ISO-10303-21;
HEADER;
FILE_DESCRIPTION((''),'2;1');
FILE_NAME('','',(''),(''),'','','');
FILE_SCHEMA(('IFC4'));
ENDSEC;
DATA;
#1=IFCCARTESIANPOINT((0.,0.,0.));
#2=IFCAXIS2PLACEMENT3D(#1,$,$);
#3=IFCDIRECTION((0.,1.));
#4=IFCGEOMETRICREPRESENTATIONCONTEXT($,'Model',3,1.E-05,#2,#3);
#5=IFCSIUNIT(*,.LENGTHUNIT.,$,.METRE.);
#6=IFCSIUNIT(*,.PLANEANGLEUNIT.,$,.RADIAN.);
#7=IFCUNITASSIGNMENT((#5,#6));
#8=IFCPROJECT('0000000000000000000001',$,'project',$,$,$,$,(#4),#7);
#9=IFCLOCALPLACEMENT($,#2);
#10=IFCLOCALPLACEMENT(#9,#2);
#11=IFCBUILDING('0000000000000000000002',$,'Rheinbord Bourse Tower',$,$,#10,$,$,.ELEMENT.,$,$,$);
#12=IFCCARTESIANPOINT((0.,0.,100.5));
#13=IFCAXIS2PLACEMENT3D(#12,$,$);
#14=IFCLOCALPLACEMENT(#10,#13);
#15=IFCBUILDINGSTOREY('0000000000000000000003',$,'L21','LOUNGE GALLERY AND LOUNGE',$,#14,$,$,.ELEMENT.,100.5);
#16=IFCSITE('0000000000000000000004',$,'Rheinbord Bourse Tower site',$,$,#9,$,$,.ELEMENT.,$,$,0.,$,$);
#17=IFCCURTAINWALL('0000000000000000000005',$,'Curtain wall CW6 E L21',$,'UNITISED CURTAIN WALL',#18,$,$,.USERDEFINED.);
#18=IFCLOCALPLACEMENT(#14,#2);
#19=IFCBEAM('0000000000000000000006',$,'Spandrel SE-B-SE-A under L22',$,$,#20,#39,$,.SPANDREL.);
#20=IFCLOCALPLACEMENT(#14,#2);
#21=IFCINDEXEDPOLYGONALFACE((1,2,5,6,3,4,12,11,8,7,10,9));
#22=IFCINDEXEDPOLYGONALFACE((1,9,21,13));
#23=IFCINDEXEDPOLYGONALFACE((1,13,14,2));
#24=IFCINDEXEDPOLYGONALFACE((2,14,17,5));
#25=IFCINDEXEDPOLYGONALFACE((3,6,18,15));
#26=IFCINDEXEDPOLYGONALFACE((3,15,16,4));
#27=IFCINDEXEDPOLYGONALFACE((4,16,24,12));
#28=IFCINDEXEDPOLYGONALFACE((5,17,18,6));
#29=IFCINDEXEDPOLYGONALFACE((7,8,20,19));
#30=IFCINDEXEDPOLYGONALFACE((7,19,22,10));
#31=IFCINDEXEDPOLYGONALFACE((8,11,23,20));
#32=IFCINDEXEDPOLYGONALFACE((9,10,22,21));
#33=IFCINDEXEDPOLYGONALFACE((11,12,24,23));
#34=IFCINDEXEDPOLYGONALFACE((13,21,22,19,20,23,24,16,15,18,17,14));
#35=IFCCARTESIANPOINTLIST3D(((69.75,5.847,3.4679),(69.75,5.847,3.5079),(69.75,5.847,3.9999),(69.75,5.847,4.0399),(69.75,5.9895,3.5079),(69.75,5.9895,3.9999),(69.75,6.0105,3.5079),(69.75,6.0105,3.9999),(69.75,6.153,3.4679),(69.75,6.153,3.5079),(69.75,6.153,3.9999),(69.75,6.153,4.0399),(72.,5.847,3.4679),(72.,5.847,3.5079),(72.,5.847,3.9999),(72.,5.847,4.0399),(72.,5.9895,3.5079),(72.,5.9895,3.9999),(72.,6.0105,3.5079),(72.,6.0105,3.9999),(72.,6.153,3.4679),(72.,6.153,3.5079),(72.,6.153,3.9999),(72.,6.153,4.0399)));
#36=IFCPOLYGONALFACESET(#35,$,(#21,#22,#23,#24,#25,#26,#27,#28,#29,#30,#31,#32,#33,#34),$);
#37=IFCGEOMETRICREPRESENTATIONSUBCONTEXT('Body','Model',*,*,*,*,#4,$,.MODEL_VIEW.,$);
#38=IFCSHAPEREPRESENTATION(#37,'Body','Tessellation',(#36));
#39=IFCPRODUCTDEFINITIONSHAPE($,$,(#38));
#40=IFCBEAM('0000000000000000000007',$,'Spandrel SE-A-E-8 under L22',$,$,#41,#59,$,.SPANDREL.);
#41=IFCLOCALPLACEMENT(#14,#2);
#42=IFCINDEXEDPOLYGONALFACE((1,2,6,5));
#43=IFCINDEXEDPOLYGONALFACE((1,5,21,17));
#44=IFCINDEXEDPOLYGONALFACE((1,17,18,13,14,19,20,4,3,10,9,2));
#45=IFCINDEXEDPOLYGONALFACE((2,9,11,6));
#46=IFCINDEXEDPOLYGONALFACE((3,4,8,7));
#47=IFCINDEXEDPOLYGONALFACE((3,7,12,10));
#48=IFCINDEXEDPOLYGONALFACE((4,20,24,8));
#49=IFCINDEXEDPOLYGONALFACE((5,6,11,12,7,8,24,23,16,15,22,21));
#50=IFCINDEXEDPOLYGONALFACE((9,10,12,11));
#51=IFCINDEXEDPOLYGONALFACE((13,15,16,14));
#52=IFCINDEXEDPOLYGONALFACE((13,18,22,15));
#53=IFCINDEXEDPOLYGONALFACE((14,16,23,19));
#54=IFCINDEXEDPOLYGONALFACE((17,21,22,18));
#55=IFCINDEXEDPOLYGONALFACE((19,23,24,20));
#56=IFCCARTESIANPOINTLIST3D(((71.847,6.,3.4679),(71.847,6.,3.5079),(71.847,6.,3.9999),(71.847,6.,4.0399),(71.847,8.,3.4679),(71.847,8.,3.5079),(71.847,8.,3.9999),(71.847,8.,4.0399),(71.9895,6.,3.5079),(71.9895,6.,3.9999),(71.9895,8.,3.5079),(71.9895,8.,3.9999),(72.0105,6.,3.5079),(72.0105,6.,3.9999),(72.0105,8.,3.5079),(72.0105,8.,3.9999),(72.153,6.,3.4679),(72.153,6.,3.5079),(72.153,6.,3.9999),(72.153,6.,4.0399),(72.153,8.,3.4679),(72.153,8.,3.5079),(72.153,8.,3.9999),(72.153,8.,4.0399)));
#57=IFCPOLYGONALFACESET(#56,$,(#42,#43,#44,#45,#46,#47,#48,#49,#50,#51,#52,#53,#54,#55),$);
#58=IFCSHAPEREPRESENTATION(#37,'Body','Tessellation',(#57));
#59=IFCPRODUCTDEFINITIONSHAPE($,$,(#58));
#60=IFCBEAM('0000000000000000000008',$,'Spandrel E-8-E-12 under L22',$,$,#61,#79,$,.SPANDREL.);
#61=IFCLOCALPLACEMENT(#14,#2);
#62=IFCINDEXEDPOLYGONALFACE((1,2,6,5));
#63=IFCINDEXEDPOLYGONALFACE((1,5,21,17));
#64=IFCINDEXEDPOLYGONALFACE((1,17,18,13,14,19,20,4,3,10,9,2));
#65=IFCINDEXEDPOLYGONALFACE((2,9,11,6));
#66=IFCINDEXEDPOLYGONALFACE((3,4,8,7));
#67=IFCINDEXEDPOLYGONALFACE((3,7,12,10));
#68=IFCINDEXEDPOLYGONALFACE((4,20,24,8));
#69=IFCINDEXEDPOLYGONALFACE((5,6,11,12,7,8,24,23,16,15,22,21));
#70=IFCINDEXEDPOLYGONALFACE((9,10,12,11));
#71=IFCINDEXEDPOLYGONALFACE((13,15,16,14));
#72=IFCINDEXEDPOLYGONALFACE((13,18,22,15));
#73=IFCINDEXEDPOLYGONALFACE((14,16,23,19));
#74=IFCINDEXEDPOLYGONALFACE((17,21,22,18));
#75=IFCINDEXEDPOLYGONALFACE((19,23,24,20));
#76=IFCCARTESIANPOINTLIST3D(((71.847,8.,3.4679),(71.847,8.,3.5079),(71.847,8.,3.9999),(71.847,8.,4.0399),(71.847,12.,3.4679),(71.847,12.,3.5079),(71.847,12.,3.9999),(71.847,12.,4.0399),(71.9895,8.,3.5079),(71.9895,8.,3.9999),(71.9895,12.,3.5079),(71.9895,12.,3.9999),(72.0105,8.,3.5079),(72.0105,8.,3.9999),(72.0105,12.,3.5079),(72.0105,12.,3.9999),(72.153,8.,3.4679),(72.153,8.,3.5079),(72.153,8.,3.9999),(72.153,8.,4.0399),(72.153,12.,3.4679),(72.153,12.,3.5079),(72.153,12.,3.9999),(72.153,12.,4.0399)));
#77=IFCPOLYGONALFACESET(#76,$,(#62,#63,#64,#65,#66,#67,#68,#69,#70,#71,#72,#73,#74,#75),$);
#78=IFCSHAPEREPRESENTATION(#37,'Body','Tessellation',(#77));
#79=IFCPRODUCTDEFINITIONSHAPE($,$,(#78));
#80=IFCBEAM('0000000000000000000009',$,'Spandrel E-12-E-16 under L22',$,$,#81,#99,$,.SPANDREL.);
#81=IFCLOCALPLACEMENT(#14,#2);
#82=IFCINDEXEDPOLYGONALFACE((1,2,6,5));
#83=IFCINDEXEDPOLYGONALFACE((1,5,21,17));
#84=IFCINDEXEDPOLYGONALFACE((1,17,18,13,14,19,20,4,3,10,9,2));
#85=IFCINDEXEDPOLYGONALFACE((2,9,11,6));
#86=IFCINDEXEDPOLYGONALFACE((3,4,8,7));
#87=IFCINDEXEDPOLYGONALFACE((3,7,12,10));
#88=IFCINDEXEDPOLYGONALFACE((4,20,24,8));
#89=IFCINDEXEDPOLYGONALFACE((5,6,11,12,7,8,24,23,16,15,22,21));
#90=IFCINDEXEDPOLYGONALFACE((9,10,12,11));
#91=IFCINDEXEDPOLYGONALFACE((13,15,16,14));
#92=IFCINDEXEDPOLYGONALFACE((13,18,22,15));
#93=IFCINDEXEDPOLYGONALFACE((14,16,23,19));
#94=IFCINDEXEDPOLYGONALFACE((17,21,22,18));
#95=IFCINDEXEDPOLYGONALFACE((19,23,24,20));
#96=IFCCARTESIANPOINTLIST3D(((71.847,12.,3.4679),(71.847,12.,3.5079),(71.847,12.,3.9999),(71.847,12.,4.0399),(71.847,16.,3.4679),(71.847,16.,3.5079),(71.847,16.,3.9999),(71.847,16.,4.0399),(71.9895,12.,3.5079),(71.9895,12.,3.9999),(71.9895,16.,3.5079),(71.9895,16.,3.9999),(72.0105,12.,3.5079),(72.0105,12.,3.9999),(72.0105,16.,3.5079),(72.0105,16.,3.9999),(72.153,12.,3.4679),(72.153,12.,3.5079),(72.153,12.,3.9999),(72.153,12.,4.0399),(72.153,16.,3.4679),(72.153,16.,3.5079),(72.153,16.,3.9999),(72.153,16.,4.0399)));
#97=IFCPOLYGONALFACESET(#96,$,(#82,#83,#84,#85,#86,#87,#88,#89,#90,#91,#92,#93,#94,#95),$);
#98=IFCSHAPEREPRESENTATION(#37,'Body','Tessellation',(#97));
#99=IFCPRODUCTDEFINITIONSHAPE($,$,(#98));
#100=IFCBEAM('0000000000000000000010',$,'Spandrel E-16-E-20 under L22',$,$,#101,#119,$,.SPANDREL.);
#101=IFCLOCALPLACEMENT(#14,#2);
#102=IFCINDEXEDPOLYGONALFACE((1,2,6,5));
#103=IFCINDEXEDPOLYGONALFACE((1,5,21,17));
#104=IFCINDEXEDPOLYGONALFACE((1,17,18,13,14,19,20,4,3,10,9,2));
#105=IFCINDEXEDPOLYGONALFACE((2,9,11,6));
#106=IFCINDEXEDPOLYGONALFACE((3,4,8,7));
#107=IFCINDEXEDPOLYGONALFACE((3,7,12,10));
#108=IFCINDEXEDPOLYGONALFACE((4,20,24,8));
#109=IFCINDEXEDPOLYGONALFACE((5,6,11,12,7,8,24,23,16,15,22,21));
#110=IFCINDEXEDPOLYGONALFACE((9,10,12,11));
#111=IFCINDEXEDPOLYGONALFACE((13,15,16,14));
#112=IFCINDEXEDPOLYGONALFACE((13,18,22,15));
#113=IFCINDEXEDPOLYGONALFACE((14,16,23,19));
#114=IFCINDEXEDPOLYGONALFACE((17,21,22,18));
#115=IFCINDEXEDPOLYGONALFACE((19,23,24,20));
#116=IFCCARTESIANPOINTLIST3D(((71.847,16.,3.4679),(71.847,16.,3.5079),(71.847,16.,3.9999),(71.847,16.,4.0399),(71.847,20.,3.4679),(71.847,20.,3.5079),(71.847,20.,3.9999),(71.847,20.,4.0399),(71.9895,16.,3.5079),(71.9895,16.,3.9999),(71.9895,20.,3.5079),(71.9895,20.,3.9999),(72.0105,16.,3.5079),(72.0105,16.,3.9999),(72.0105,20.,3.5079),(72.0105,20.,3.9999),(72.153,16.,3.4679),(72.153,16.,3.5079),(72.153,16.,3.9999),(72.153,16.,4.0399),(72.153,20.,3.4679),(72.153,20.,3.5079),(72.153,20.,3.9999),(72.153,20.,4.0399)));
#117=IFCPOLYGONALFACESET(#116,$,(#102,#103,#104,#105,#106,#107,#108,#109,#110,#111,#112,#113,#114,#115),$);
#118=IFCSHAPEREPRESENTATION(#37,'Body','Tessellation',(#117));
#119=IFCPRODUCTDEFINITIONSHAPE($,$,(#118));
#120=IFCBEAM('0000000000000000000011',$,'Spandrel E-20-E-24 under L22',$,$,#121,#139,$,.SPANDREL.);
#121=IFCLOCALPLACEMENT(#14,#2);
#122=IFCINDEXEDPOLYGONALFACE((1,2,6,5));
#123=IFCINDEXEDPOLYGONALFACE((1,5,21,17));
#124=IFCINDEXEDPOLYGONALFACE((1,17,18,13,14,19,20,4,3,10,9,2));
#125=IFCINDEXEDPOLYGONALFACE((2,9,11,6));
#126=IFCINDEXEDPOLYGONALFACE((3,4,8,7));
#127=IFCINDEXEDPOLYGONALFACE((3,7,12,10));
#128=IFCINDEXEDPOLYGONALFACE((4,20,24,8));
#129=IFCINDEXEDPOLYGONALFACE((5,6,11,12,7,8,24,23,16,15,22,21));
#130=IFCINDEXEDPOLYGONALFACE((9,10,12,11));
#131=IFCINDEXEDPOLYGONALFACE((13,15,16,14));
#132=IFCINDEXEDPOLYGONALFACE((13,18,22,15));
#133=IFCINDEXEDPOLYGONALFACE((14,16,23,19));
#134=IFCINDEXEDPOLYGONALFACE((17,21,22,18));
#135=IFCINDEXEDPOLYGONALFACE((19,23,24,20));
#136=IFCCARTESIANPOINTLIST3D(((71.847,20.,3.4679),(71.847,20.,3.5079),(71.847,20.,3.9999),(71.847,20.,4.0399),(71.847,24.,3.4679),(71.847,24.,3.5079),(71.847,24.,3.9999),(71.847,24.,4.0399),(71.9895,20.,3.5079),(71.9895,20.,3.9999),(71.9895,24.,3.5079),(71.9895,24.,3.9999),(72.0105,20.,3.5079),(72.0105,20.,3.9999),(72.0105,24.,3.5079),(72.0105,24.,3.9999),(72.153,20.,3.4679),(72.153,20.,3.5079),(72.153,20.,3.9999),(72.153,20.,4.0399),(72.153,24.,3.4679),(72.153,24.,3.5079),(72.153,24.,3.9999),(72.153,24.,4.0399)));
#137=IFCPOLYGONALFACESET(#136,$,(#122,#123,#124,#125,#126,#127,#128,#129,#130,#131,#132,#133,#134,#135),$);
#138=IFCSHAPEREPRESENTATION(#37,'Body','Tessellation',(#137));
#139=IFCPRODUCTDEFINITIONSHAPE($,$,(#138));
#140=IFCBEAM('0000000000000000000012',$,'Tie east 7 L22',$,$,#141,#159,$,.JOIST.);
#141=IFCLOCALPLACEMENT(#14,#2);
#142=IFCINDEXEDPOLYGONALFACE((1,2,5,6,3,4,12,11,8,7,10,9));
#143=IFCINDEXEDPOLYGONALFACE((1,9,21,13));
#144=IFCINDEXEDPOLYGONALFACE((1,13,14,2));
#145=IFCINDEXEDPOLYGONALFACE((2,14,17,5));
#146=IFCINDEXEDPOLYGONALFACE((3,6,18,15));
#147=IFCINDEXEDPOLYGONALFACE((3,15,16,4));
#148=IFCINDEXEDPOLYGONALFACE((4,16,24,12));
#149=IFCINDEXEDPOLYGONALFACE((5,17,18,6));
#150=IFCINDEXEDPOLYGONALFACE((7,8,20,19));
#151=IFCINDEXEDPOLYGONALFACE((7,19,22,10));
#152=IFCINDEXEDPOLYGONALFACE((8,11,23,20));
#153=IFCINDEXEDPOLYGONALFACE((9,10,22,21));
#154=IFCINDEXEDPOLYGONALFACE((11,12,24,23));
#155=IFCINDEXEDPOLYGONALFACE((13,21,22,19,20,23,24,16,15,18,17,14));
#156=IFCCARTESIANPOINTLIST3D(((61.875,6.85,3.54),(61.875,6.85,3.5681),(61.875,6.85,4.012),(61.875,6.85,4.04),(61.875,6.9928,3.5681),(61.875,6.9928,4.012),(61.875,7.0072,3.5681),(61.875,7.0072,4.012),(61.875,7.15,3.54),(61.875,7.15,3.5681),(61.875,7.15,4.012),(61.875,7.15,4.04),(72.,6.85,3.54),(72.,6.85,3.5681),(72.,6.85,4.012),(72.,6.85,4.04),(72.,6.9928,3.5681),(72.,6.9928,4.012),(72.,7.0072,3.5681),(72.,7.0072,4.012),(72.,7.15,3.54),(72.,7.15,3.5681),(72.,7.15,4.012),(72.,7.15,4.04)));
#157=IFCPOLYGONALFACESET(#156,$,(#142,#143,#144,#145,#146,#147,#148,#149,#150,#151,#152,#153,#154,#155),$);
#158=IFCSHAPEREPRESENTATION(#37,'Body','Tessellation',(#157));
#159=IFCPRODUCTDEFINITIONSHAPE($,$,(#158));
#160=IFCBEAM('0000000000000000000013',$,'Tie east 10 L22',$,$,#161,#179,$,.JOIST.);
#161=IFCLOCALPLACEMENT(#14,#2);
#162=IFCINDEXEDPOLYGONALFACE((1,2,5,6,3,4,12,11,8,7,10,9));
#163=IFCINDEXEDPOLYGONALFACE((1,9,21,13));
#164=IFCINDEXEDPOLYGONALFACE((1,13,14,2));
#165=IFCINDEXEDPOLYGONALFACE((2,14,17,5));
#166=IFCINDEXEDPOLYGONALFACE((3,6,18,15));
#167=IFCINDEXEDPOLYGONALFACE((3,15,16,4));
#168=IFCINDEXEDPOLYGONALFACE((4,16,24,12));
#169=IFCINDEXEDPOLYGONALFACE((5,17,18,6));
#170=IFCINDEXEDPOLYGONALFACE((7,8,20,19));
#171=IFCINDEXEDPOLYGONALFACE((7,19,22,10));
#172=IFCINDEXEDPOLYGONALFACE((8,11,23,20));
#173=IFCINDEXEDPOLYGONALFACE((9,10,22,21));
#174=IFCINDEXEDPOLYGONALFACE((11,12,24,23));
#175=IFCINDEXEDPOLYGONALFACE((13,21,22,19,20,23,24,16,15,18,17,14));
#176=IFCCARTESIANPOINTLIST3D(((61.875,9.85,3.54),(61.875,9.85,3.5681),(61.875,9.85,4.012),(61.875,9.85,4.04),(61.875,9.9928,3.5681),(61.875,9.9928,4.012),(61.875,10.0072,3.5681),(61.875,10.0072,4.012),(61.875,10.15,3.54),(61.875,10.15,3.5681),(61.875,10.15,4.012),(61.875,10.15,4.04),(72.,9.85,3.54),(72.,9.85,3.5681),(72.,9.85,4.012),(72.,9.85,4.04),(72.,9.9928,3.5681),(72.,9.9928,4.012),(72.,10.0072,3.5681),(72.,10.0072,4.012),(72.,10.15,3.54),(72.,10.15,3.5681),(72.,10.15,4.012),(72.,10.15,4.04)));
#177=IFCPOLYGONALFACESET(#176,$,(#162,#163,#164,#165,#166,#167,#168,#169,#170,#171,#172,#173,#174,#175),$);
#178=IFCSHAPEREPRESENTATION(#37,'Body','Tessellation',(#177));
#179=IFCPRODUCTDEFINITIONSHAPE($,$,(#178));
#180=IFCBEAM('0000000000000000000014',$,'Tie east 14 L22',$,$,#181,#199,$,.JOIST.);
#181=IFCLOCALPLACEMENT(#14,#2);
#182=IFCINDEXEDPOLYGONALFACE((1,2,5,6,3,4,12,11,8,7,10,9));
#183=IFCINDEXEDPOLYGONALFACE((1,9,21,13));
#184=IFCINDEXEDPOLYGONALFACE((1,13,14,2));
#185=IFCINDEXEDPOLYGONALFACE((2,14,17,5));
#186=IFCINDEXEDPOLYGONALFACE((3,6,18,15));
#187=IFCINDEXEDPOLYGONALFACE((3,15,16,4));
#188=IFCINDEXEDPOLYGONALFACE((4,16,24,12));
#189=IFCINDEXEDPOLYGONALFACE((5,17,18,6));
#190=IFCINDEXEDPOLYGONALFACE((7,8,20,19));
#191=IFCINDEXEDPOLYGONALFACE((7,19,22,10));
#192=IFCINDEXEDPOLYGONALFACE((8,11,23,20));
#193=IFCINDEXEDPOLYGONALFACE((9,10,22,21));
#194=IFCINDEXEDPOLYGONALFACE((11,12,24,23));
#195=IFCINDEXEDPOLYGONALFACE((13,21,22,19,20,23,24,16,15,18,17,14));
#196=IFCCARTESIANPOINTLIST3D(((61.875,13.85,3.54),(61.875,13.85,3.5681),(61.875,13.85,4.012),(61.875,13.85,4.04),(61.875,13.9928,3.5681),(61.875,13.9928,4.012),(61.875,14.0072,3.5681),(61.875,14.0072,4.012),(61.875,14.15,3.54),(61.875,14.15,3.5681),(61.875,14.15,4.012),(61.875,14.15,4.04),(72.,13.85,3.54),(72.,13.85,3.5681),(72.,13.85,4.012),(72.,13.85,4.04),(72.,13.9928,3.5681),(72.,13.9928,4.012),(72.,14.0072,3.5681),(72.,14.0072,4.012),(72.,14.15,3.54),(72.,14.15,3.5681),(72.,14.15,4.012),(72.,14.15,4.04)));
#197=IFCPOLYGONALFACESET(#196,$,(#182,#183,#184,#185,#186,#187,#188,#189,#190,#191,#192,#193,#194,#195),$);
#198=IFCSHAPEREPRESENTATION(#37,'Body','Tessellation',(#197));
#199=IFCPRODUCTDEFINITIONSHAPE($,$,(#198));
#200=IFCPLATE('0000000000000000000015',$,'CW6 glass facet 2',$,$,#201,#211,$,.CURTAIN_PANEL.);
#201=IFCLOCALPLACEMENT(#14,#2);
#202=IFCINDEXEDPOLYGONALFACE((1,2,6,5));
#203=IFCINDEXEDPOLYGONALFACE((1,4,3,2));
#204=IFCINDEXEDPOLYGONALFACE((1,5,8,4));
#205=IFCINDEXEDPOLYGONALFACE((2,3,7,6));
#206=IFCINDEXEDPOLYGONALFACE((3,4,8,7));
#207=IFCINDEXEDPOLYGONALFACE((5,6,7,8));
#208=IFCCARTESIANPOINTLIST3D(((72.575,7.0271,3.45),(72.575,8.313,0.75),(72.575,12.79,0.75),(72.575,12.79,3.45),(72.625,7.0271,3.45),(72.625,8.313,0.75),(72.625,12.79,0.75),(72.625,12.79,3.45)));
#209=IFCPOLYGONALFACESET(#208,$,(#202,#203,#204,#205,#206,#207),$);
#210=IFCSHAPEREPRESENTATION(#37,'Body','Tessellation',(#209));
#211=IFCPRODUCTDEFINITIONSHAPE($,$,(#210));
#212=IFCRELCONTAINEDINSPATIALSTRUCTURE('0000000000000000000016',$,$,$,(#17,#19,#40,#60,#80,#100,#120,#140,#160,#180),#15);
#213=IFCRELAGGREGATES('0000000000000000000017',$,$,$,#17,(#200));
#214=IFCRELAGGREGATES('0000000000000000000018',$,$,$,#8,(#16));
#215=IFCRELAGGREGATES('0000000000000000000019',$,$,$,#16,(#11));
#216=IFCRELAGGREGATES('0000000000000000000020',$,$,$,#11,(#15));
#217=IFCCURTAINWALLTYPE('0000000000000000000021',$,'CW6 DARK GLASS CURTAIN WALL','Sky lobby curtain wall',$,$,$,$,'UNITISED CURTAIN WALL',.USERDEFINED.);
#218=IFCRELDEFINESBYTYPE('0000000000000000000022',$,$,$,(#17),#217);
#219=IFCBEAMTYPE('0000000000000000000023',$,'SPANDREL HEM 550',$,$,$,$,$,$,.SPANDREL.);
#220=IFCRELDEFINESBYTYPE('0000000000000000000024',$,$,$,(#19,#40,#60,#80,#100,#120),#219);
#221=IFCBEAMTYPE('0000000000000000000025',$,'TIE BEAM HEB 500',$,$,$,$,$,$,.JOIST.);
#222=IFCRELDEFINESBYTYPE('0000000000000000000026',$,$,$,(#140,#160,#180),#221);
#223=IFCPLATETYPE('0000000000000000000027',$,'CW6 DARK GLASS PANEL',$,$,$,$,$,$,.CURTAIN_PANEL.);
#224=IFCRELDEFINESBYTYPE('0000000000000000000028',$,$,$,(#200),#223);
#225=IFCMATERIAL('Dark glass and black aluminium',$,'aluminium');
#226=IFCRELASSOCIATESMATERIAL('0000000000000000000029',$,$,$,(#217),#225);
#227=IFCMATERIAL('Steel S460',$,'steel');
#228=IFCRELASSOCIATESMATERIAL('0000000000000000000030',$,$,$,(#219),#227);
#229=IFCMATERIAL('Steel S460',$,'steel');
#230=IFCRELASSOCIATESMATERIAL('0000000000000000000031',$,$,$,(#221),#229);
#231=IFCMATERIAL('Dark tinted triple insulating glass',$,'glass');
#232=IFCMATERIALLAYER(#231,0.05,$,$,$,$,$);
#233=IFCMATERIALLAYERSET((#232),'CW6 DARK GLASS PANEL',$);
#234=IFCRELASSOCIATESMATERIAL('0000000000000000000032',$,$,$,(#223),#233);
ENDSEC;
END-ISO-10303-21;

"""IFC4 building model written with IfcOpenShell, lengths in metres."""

from ifc_helpers import new_model, si_unit, direction, frame, origin, origin_2d, place, context, subcontext, project, spatial, polyline, i_section, outline, extrude, material, layer, layer_set, material_profile, profile_set, type_object, element, aggregate, save


model = new_model("IFC4")

# Units and contexts
model_context = context("Model", 3, precision=1e-05, world=origin(), true_north=direction((0.0, 1.0)))
body_context = subcontext(model_context, "Body", "Model", "MODEL_VIEW")
ifc_project = project(units=[si_unit("LENGTHUNIT", "METRE"), si_unit("PLANEANGLEUNIT", "RADIAN")], contexts=[model_context])

# Site, building, storey
site_placement = place(None, origin())
site = spatial("IfcSite", under=ifc_project, at=site_placement, Name="Rheinbord Bourse Tower site", CompositionType="ELEMENT", RefElevation=0.0)
building_placement = place(site_placement, origin())
building = spatial("IfcBuilding", under=site, at=building_placement, Name="Rheinbord Bourse Tower", CompositionType="ELEMENT")
storey_placement = place(building_placement, frame((0.0, 0.0, 100.5)))
storey = spatial("IfcBuildingStorey", under=building, at=storey_placement, Name="L21", Description="LOUNGE GALLERY AND LOUNGE", CompositionType="ELEMENT", Elevation=100.5)

# Curtain wall
ifc_material_1 = material(Name="Dark glass and black aluminium", Category="aluminium")
curtain_wall_type = type_object("IfcCurtainWallType", Name="CW6 DARK GLASS CURTAIN WALL", Description="Sky lobby curtain wall", ElementType="UNITISED CURTAIN WALL", PredefinedType="USERDEFINED", material=ifc_material_1)
curtain_wall_placement = place(storey_placement, origin())
curtain_wall = element("IfcCurtainWall", 1, at=curtain_wall_placement, inside=storey, type_object=curtain_wall_type, Name="Curtain wall CW6 E L21", ObjectType="UNITISED CURTAIN WALL", PredefinedType="USERDEFINED")

# Beams
ifc_material_2 = material(Name="Steel S460", Category="steel")
ifc_material_profile_1 = material_profile(ifc_material_2, i_section(OverallWidth=0.3059, OverallDepth=0.572, WebThickness=0.021, FlangeThickness=0.04, at=origin_2d()), Name="HEM 550")
ifc_profile_set_1 = profile_set([ifc_material_profile_1], Name="Steel S460")
beam_type_1 = type_object("IfcBeamType", Name="SPANDREL HEM 550", PredefinedType="SPANDREL", material=ifc_profile_set_1)
beam_1_placement = place(storey_placement, frame((69.75, 6.0, 3.7539), z_axis=(1.0, 0.0, 0.0), x_axis=(0.0, 1.0, 0.0)))
element("IfcBeam", 2, at=beam_1_placement, inside=storey, type_object=beam_type_1, Name="Spandrel SE-B-SE-A under L22", PredefinedType="SPANDREL", context=body_context, shape_type="SweptSolid", body=[
    extrude(i_section(OverallWidth=0.3059, OverallDepth=0.572, WebThickness=0.021, FlangeThickness=0.04, at=origin_2d()), origin(), (0.0, 0.0, 1.0), 2.25),
])
beam_2_placement = place(storey_placement, frame((72.0, 6.0, 3.7539), z_axis=(0.0, 1.0, 0.0), x_axis=(-1.0, 0.0, 0.0)))
element("IfcBeam", 3, at=beam_2_placement, inside=storey, type_object=beam_type_1, Name="Spandrel SE-A-E-8 under L22", PredefinedType="SPANDREL", context=body_context, shape_type="SweptSolid", body=[
    extrude(i_section(OverallWidth=0.3059, OverallDepth=0.572, WebThickness=0.021, FlangeThickness=0.04, at=origin_2d()), origin(), (0.0, 0.0, 1.0), 2.0),
])
for number, where, z_axis, x_axis, name in (
    (4, (72.0, 8.0, 3.7539), (0.0, 1.0, 0.0), (-1.0, 0.0, 0.0), "Spandrel E-8-E-12 under L22"),
    (5, (72.0, 12.0, 3.7539), (0.0, 1.0, 0.0), (-1.0, 0.0, 0.0), "Spandrel E-12-E-16 under L22"),
    (6, (72.0, 16.0, 3.7539), (0.0, 1.0, 0.0), (-1.0, 0.0, 0.0), "Spandrel E-16-E-20 under L22"),
    (7, (72.0, 20.0, 3.7539), (0.0, 1.0, 0.0), (-1.0, 0.0, 0.0), "Spandrel E-20-E-24 under L22"),
):
    element("IfcBeam", number, at=place(storey_placement, frame(where, z_axis=z_axis, x_axis=x_axis)), inside=storey, type_object=beam_type_1, Name=name, PredefinedType="SPANDREL", context=body_context, shape_type="SweptSolid", body=[
        extrude(i_section(OverallWidth=0.3059, OverallDepth=0.572, WebThickness=0.021, FlangeThickness=0.04, at=origin_2d()), origin(), (0.0, 0.0, 1.0), 4.0),
    ])
ifc_material_3 = material(Name="Steel S460", Category="steel")
ifc_material_profile_2 = material_profile(ifc_material_3, i_section(OverallWidth=0.3, OverallDepth=0.5, WebThickness=0.0144, FlangeThickness=0.0281, at=origin_2d()), Name="HEB 500")
ifc_profile_set_2 = profile_set([ifc_material_profile_2], Name="Steel S460")
beam_type_2 = type_object("IfcBeamType", Name="TIE BEAM HEB 500", PredefinedType="JOIST", material=ifc_profile_set_2)
for number, where, z_axis, x_axis, name in (
    (8, (61.875, 7.0, 3.79), (1.0, 0.0, 0.0), (0.0, 1.0, 0.0), "Tie east 7 L22"),
    (9, (61.875, 10.0, 3.79), (1.0, 0.0, 0.0), (0.0, 1.0, 0.0), "Tie east 10 L22"),
    (10, (61.875, 14.0, 3.79), (1.0, 0.0, 0.0), (0.0, 1.0, 0.0), "Tie east 14 L22"),
):
    element("IfcBeam", number, at=place(storey_placement, frame(where, z_axis=z_axis, x_axis=x_axis)), inside=storey, type_object=beam_type_2, Name=name, PredefinedType="JOIST", context=body_context, shape_type="SweptSolid", body=[
        extrude(i_section(OverallWidth=0.3, OverallDepth=0.5, WebThickness=0.0144, FlangeThickness=0.0281, at=origin_2d()), origin(), (0.0, 0.0, 1.0), 10.125),
    ])

# Plate
ifc_material_4 = material(Name="Dark tinted triple insulating glass", Category="glass")
ifc_layer_1 = layer(ifc_material_4, 0.05)
ifc_layer_set_1 = layer_set([ifc_layer_1], Name="CW6 DARK GLASS PANEL")
plate_type = type_object("IfcPlateType", Name="CW6 DARK GLASS PANEL", PredefinedType="CURTAIN_PANEL", material=ifc_layer_set_1)
plate_1_placement = place(storey_placement, frame((72.625, 12.79, 3.45), z_axis=(-1.0, 0.0, 0.0), x_axis=(0.0, 0.0, -1.0)))
plate_1 = element("IfcPlate", 11, at=plate_1_placement, type_object=plate_type, Name="CW6 glass facet 2", PredefinedType="CURTAIN_PANEL", context=body_context, shape_type="SweptSolid", body=[
    extrude(outline(polyline([(0.0, 0.0), (2.7, 0.0), (2.7, 4.4771), (0.0, 5.7629), (0.0, 0.0)])), origin(), (0.0, 0.0, 1.0), 0.05),
])
aggregate(curtain_wall, [plate_1])

save(model, "model.ifc")
